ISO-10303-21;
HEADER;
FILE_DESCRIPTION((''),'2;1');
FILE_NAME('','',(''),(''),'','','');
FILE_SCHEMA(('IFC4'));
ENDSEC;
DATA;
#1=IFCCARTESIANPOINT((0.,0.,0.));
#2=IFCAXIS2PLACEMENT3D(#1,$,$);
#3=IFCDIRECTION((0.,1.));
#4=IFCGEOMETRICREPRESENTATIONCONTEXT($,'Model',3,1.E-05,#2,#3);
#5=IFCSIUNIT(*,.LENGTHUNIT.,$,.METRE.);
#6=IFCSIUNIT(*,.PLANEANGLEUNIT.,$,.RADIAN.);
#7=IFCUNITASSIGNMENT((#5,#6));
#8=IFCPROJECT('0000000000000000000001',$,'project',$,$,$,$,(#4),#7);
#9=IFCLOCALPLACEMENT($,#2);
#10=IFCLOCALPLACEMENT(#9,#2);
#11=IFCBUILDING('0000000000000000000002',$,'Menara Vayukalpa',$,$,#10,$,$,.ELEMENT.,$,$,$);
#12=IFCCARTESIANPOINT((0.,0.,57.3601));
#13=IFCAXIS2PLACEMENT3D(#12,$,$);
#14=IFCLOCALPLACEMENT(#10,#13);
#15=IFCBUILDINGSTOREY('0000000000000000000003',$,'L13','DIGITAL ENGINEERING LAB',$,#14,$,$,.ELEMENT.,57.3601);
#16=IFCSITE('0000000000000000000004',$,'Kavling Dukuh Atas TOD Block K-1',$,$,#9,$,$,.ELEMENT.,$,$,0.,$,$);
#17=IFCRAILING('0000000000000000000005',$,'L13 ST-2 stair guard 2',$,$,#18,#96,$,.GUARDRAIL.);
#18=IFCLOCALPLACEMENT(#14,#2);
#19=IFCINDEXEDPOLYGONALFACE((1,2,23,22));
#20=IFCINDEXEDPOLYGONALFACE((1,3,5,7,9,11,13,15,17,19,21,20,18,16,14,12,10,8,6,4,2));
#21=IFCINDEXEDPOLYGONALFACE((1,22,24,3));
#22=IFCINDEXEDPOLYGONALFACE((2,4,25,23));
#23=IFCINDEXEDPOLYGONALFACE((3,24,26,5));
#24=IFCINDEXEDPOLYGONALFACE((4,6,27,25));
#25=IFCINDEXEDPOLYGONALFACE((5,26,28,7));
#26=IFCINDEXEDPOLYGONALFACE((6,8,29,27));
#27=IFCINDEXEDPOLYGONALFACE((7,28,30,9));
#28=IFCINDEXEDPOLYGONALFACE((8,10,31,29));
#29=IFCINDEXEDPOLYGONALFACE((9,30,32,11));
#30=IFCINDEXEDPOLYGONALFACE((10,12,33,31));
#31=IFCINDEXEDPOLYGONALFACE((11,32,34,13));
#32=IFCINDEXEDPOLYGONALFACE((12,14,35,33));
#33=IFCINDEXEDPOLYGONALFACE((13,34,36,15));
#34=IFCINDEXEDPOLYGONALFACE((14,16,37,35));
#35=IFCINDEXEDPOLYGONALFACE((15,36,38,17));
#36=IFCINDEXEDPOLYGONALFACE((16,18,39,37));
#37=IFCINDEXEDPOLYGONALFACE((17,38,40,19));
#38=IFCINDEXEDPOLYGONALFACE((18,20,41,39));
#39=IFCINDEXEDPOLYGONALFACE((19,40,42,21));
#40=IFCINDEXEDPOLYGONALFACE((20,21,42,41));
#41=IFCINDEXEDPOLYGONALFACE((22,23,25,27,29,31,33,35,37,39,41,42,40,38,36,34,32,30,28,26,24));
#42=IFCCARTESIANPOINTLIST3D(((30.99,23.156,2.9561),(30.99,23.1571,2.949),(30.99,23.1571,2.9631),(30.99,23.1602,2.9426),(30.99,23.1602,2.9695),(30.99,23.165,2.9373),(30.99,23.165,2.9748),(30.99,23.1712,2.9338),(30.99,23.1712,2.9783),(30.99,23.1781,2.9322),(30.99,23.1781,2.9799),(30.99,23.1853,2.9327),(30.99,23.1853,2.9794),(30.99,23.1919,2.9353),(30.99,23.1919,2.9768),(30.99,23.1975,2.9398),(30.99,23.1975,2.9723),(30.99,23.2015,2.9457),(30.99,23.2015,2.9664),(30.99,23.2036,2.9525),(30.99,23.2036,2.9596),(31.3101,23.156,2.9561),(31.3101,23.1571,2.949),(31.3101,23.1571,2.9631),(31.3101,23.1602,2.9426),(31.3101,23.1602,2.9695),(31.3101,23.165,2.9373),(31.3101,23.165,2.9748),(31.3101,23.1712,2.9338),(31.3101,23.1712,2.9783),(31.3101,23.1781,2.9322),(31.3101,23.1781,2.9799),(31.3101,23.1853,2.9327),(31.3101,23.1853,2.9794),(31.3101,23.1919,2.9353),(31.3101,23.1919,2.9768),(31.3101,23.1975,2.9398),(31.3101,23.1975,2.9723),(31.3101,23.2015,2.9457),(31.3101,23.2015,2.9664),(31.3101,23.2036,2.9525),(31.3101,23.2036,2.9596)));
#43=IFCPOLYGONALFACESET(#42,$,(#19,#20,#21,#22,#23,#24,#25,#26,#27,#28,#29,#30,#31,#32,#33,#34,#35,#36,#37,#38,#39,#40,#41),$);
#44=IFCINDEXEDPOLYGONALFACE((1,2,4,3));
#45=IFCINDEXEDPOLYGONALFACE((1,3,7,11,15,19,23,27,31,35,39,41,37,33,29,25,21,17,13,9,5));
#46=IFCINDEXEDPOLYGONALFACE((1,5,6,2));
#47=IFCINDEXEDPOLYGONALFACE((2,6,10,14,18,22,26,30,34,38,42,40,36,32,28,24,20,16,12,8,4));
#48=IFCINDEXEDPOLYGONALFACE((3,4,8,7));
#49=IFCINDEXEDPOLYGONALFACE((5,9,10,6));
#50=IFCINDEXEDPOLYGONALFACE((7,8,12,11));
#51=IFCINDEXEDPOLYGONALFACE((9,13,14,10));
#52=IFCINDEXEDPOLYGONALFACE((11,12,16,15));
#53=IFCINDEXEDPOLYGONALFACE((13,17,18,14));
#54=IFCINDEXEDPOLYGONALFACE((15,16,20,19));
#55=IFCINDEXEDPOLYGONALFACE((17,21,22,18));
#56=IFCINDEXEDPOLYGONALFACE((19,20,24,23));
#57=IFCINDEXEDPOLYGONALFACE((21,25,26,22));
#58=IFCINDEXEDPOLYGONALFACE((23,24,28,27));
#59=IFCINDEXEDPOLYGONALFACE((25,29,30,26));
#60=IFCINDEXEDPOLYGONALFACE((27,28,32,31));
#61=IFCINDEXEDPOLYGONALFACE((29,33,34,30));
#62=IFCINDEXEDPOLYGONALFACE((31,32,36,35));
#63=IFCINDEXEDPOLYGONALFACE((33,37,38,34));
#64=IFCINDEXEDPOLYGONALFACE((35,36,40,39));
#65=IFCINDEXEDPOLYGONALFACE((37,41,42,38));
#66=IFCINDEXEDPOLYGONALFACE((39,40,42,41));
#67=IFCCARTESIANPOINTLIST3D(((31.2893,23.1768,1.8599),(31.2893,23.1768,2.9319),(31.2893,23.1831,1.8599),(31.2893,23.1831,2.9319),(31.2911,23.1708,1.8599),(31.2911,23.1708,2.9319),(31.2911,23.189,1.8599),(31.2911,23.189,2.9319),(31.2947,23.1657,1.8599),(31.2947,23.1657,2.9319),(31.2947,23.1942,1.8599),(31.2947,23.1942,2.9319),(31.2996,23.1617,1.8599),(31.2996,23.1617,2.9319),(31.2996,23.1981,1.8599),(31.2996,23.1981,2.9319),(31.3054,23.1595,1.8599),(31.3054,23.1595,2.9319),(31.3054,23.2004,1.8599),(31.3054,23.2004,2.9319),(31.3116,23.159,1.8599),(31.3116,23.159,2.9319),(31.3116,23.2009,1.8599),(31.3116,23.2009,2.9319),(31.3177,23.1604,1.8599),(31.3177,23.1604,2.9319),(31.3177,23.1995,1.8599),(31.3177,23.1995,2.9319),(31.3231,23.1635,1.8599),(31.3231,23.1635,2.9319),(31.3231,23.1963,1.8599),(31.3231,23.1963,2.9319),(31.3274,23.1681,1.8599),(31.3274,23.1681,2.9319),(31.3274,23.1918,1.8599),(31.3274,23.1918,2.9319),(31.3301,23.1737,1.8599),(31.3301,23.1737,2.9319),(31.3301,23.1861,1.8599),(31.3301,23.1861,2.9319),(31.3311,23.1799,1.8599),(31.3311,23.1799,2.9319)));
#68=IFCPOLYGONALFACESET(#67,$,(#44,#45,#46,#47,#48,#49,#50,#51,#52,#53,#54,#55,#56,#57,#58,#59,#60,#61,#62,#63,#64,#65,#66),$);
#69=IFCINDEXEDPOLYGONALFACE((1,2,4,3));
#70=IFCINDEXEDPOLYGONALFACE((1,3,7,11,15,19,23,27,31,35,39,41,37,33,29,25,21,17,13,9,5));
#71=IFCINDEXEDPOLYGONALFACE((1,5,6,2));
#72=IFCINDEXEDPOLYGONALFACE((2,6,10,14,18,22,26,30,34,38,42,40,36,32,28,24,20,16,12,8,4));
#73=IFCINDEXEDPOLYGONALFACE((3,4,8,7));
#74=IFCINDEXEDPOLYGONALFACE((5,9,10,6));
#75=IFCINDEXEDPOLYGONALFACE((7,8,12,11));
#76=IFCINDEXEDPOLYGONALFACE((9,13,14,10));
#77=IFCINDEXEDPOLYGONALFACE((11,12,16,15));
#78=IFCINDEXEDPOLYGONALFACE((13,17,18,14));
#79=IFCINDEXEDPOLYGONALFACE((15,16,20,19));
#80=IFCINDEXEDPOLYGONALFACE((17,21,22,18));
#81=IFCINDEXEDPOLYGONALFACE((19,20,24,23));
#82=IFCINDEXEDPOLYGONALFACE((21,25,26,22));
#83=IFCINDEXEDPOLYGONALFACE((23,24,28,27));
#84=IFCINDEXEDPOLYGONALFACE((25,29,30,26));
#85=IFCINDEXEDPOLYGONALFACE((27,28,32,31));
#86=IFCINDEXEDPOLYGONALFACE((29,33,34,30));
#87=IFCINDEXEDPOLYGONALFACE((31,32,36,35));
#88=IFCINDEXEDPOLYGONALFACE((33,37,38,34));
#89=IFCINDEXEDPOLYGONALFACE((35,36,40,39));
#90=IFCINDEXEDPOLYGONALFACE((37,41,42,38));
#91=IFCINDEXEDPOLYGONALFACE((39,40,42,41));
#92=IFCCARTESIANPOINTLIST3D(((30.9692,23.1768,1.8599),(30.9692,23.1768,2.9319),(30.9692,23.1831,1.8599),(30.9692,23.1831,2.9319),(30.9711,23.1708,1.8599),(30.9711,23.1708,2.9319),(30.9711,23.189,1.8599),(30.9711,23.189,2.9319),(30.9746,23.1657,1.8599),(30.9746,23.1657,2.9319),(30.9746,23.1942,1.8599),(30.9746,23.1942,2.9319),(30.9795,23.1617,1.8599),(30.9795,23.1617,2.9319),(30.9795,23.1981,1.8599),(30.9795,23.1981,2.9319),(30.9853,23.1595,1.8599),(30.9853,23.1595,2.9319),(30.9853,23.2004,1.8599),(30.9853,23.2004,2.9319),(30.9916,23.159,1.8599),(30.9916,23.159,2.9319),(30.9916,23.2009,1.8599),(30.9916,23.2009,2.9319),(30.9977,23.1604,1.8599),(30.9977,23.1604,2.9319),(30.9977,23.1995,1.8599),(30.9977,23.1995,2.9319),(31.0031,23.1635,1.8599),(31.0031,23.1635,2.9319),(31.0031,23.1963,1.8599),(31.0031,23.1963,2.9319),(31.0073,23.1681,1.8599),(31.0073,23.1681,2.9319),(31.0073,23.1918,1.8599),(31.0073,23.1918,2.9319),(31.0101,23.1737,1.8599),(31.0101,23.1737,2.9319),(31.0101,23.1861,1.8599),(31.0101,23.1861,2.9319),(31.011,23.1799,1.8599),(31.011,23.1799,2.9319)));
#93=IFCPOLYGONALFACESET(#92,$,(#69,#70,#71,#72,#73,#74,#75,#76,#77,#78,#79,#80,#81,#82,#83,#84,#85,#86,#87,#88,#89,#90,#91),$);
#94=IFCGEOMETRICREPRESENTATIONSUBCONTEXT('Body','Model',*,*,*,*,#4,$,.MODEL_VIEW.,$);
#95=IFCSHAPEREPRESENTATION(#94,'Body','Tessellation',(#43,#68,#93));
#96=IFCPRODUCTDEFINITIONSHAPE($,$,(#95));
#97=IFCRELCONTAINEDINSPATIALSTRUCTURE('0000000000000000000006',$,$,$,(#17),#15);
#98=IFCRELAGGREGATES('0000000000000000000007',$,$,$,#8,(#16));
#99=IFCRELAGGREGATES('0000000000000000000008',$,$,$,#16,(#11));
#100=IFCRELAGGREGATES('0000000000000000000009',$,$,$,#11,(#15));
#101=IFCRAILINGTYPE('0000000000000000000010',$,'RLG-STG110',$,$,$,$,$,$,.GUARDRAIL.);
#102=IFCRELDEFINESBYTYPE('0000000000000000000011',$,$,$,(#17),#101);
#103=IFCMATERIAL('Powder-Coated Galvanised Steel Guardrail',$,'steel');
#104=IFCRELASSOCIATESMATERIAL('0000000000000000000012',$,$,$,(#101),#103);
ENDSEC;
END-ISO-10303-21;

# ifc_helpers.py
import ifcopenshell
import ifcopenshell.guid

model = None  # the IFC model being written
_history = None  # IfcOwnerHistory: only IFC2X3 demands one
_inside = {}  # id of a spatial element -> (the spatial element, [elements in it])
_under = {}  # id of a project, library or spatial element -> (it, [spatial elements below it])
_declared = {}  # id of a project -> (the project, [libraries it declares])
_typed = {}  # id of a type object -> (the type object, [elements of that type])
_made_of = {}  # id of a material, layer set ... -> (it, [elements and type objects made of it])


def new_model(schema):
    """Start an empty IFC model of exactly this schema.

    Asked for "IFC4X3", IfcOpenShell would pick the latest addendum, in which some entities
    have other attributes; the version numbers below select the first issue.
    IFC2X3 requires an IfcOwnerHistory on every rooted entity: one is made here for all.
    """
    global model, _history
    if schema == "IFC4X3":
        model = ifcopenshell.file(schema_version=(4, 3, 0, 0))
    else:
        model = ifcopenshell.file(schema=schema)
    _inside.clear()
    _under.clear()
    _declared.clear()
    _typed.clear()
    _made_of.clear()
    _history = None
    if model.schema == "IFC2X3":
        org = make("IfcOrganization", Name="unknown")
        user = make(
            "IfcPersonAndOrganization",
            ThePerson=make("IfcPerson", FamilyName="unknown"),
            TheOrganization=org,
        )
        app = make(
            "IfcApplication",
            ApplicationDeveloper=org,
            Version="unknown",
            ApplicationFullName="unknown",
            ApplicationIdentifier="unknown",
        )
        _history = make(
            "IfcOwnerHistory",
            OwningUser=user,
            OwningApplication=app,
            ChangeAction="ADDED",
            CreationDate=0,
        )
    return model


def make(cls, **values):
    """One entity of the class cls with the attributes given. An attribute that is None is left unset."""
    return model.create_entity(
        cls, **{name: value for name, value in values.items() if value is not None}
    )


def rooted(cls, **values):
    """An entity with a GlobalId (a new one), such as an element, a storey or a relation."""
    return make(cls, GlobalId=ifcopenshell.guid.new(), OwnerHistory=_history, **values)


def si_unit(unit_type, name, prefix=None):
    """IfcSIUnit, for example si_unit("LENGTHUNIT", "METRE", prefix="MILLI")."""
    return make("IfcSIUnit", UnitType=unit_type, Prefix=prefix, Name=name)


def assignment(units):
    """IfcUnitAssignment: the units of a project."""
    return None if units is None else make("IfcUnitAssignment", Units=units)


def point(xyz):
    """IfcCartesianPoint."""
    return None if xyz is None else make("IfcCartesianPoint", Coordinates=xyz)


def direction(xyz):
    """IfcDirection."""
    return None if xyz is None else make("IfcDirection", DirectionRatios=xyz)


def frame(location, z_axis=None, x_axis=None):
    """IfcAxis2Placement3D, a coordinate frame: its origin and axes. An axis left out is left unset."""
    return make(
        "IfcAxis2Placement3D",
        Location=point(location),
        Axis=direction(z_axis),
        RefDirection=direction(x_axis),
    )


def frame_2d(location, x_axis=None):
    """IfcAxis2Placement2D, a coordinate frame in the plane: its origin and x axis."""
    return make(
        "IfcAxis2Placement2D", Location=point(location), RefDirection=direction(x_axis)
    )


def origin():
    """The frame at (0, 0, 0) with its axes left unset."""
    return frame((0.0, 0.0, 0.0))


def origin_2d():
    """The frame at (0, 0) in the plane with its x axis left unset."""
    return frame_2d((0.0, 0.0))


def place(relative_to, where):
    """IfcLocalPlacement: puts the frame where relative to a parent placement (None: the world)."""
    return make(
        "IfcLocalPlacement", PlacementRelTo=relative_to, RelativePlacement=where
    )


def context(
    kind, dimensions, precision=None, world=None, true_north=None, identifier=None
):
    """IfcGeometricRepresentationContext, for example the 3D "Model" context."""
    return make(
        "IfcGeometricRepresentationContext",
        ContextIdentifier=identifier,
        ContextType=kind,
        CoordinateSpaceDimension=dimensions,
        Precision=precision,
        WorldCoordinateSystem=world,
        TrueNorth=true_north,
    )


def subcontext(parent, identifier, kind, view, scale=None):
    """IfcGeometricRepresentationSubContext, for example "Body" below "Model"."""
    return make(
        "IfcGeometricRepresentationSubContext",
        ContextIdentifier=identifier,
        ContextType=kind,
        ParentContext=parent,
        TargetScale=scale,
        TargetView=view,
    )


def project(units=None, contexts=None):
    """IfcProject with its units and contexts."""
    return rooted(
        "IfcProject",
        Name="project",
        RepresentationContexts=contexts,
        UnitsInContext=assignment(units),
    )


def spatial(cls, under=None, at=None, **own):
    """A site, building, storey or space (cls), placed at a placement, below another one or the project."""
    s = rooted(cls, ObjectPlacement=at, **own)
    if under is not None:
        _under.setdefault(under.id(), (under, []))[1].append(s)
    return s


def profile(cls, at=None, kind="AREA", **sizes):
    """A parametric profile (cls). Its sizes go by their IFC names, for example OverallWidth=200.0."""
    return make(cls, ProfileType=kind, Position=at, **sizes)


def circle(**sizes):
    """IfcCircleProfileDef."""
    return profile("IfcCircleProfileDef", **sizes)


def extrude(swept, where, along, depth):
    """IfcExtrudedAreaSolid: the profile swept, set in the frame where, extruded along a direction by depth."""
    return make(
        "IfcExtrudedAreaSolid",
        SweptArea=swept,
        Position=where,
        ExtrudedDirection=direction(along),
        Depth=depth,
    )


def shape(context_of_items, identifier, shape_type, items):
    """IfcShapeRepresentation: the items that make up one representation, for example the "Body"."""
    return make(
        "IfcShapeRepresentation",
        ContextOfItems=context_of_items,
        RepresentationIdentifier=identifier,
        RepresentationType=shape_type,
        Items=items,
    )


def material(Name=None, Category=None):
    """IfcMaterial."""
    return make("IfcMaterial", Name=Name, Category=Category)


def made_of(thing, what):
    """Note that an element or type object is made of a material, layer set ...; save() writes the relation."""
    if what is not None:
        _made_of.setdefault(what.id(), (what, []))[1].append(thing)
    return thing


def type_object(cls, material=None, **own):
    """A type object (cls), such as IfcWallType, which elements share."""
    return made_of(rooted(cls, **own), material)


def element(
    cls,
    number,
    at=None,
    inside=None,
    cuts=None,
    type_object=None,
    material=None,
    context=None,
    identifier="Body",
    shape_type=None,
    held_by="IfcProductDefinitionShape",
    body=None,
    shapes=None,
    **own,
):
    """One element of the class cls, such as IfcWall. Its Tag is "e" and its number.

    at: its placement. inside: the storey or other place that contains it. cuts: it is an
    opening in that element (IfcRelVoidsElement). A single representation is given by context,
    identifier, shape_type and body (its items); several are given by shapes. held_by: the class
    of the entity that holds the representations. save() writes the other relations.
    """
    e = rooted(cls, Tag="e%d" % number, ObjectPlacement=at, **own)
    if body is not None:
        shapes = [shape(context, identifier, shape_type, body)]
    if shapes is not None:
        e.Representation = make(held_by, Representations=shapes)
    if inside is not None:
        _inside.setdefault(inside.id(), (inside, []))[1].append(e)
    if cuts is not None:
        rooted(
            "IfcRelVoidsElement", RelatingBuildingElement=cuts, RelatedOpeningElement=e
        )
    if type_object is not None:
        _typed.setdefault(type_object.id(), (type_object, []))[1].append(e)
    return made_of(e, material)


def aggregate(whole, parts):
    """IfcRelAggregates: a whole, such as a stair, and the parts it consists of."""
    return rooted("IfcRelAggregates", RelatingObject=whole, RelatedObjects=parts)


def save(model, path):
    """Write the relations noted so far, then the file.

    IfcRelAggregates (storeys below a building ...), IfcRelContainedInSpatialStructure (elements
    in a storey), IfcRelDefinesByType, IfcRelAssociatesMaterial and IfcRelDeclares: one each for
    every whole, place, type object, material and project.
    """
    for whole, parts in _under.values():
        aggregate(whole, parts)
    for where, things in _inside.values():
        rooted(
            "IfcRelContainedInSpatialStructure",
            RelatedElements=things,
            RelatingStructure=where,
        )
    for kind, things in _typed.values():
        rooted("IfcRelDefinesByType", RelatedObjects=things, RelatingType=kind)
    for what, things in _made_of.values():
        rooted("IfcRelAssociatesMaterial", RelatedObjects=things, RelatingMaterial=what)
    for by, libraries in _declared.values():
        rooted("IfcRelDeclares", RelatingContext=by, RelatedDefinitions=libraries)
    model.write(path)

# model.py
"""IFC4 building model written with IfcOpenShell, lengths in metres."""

from ifc_helpers import new_model, si_unit, direction, frame, origin, origin_2d, place, context, subcontext, project, spatial, circle, extrude, material, type_object, element, save


model = new_model("IFC4")

# Units and contexts
model_context = context("Model", 3, precision=1e-05, world=origin(), true_north=direction((0.0, 1.0)))
body_context = subcontext(model_context, "Body", "Model", "MODEL_VIEW")
ifc_project = project(units=[si_unit("LENGTHUNIT", "METRE"), si_unit("PLANEANGLEUNIT", "RADIAN")], contexts=[model_context])

# Site, building, storey
site_placement = place(None, origin())
site = spatial("IfcSite", under=ifc_project, at=site_placement, Name="Kavling Dukuh Atas TOD Block K-1", CompositionType="ELEMENT", RefElevation=0.0)
building_placement = place(site_placement, origin())
building = spatial("IfcBuilding", under=site, at=building_placement, Name="Menara Vayukalpa", CompositionType="ELEMENT")
storey_placement = place(building_placement, frame((0.0, 0.0, 57.3601)))
storey = spatial("IfcBuildingStorey", under=building, at=storey_placement, Name="L13", Description="DIGITAL ENGINEERING LAB", CompositionType="ELEMENT", Elevation=57.3601)

# Railing
ifc_material_1 = material(Name="Powder-Coated Galvanised Steel Guardrail", Category="steel")
railing_type_1 = type_object("IfcRailingType", Name="RLG-STG110", PredefinedType="GUARDRAIL", material=ifc_material_1)
railing_1_placement = place(storey_placement, frame((31.3101, 23.1799, 1.8599)))
element("IfcRailing", 1, at=railing_1_placement, inside=storey, type_object=railing_type_1, Name="L13 ST-2 stair guard 2", PredefinedType="GUARDRAIL", context=body_context, shape_type="SweptSolid", body=[
    extrude(circle(Radius=0.0239, at=origin_2d()), frame((0.0, 0.0, 1.0962), z_axis=(-1.0, 0.0, 0.0), x_axis=(0.0, -1.0, 0.0)), (0.0, 0.0, 1.0), 0.3201),
    extrude(circle(Radius=0.021, at=origin_2d()), origin(), (0.0, 0.0, 1.0), 1.072),
    extrude(circle(Radius=0.021, at=origin_2d()), frame((-0.3201, 0.0, 0.0)), (0.0, 0.0, 1.0), 1.072),
])

save(model, "model.ifc")
